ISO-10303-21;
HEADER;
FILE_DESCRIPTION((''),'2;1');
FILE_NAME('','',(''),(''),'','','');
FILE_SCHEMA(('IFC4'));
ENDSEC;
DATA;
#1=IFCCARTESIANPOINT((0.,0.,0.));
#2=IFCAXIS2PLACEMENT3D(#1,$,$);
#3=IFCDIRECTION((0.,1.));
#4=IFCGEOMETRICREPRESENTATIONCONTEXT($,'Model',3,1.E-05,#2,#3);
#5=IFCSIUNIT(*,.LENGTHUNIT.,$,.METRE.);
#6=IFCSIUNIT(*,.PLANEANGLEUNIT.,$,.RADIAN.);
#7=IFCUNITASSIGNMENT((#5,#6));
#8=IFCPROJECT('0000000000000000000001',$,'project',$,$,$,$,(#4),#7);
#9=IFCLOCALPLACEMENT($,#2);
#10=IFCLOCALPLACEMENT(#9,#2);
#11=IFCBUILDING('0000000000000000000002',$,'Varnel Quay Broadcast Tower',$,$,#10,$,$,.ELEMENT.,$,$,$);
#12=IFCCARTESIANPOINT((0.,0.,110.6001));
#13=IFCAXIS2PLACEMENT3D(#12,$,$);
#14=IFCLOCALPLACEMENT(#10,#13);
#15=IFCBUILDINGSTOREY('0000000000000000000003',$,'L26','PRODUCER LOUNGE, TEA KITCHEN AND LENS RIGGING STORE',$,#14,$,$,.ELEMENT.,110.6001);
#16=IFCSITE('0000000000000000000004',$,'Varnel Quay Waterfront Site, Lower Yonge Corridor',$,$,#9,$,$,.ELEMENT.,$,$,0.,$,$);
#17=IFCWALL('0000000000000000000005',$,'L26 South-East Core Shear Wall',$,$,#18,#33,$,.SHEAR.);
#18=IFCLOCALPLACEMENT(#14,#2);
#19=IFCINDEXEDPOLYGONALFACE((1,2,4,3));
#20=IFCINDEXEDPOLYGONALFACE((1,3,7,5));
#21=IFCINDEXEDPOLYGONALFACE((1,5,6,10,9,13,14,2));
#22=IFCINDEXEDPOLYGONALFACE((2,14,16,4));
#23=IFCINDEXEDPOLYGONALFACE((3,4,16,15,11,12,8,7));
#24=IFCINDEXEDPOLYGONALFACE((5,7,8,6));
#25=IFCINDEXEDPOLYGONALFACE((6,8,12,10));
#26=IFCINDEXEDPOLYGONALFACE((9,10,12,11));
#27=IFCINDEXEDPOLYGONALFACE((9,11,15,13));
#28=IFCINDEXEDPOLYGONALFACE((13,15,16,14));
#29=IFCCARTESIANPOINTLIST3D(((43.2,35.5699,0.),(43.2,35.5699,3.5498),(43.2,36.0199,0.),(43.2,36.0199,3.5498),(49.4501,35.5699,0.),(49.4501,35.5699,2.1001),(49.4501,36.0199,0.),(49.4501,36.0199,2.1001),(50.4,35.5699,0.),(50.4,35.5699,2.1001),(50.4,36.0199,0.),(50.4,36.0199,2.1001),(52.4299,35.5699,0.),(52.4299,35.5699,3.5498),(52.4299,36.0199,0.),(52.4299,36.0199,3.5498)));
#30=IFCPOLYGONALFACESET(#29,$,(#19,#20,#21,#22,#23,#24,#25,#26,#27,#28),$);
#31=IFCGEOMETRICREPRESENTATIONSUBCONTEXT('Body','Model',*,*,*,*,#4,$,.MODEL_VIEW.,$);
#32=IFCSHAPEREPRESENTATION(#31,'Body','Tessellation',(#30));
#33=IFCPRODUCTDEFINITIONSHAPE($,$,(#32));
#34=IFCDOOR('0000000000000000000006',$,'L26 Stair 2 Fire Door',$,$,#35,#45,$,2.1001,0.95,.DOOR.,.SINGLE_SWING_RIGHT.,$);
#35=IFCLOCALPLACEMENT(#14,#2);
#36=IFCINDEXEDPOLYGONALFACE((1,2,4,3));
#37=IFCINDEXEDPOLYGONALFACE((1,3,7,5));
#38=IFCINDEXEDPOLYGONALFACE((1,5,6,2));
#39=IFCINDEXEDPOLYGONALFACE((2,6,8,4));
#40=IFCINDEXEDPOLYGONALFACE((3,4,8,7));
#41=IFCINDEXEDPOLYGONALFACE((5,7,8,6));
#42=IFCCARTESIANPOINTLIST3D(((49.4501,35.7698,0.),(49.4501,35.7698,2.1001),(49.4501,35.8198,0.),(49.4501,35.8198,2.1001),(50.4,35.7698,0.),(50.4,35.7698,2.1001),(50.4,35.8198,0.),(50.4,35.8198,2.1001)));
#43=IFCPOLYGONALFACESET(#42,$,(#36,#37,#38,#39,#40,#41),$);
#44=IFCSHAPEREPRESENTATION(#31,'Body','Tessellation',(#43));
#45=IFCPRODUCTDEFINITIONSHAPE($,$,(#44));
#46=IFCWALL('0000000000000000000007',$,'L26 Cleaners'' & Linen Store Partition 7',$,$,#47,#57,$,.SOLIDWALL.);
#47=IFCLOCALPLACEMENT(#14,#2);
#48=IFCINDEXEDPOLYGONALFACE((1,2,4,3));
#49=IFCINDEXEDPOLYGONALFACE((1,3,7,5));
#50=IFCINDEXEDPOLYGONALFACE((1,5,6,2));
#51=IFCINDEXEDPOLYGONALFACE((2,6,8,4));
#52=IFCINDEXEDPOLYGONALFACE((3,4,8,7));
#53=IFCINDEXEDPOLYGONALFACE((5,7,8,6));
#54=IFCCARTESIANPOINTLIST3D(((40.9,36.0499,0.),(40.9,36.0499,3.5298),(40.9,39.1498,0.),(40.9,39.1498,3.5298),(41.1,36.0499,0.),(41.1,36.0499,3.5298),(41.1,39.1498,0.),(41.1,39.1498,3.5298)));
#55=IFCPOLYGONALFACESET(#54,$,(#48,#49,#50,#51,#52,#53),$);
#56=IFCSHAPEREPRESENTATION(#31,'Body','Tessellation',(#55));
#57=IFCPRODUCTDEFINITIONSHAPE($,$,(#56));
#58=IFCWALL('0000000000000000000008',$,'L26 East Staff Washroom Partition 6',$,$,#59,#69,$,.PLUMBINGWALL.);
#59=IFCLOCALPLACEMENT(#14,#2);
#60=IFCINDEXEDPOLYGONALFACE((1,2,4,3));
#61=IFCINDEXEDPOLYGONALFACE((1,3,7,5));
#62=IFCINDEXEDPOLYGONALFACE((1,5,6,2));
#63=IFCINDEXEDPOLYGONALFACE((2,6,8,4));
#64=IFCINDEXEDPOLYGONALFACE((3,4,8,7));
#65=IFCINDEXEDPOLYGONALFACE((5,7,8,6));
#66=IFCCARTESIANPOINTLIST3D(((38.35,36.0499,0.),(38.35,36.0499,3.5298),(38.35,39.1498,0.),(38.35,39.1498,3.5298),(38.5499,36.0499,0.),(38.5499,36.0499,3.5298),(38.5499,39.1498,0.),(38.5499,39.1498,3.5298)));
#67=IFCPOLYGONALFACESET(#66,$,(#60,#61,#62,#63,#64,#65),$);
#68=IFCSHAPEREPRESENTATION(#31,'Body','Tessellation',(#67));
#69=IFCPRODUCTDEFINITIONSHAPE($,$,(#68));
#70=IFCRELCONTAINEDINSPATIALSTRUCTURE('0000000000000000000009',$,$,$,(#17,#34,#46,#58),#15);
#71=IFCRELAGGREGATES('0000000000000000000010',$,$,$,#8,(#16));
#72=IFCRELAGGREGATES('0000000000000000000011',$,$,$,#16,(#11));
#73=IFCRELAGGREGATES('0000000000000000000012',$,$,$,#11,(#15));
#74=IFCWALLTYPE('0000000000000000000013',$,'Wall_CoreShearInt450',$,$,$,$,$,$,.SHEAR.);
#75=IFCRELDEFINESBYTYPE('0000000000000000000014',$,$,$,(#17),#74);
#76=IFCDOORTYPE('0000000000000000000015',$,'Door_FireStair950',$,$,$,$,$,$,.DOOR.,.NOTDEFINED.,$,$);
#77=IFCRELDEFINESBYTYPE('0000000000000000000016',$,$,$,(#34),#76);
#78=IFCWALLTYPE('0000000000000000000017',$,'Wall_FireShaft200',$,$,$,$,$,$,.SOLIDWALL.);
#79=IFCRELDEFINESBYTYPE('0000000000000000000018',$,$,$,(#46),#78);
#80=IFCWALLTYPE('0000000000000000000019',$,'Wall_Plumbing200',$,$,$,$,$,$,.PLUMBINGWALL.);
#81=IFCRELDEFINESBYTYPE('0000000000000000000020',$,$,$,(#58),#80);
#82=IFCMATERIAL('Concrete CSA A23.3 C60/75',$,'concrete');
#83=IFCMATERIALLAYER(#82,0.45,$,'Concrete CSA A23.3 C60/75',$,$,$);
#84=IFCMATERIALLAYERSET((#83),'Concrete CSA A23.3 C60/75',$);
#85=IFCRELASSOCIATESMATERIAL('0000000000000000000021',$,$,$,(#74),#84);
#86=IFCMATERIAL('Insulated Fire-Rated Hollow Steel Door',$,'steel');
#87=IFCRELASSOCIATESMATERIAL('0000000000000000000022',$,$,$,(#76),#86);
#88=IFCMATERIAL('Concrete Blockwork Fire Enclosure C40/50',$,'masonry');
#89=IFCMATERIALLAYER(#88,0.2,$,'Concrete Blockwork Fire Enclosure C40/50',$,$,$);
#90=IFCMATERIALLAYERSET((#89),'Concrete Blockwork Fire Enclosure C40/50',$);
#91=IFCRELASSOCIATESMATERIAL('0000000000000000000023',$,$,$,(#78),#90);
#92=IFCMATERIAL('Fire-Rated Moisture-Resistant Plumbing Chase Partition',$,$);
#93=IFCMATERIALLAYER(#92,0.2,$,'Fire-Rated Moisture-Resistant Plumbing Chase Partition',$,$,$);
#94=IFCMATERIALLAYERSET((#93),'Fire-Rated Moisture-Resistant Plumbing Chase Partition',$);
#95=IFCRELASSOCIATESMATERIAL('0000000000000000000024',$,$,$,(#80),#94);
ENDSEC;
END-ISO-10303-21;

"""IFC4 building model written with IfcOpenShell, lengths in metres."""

from ifc_helpers import new_model, si_unit, direction, frame, frame_2d, origin, place, context, subcontext, project, spatial, rectangle, extrude, source, transform, mapped, material, layer, layer_set, type_object, type_shapes, element, fill, save


model = new_model("IFC4")

# Units and contexts
model_context = context("Model", 3, precision=1e-05, world=origin(), true_north=direction((0.0, 1.0)))
body_context = subcontext(model_context, "Body", "Model", "MODEL_VIEW")
ifc_project = project(units=[si_unit("LENGTHUNIT", "METRE"), si_unit("PLANEANGLEUNIT", "RADIAN")], contexts=[model_context])

# Site, building, storey
site_placement = place(None, origin())
site = spatial("IfcSite", under=ifc_project, at=site_placement, Name="Varnel Quay Waterfront Site, Lower Yonge Corridor", CompositionType="ELEMENT", RefElevation=0.0)
building_placement = place(site_placement, origin())
building = spatial("IfcBuilding", under=site, at=building_placement, Name="Varnel Quay Broadcast Tower", CompositionType="ELEMENT")
storey_placement = place(building_placement, frame((0.0, 0.0, 110.6001)))
storey = spatial("IfcBuildingStorey", under=building, at=storey_placement, Name="L26", Description="PRODUCER LOUNGE, TEA KITCHEN AND LENS RIGGING STORE", CompositionType="ELEMENT", Elevation=110.6001)

# Wall, opening, door
ifc_material_1 = material(Name="Concrete CSA A23.3 C60/75", Category="concrete")
ifc_layer_1 = layer(ifc_material_1, 0.45, Name="Concrete CSA A23.3 C60/75")
ifc_layer_set_1 = layer_set([ifc_layer_1], Name="Concrete CSA A23.3 C60/75")
wall_type_1 = type_object("IfcWallType", Name="Wall_CoreShearInt450", PredefinedType="SHEAR", material=ifc_layer_set_1)
wall_1_placement = place(storey_placement, frame((43.2, 35.7949, 0.0), z_axis=(0.0, 0.0, 1.0), x_axis=(1.0, 0.0, 0.0)))
wall_1 = element("IfcWall", 1, at=wall_1_placement, inside=storey, type_object=wall_type_1, Name="L26 South-East Core Shear Wall", PredefinedType="SHEAR", context=body_context, shape_type="SweptSolid", body=[
    extrude(rectangle(XDim=9.23, YDim=0.45, at=frame_2d((4.615, 0.0))), origin(), (0.0, 0.0, 1.0), 3.5498),
])
opening_placement = place(wall_1_placement, frame((6.25, 0.0, 0.0)))
opening = element("IfcOpeningElement", 2, at=opening_placement, cuts=wall_1, PredefinedType="OPENING", context=body_context, shape_type="SweptSolid", body=[
    extrude(rectangle(XDim=0.95, YDim=2.1001, at=frame_2d((0.4751, 1.05))), frame((0.0, 0.2349, 0.0), z_axis=(0.0, -1.0, 0.0), x_axis=(1.0, 0.0, 0.0)), (0.0, 0.0, 1.0), 0.47),
])
ifc_material_2 = material(Name="Insulated Fire-Rated Hollow Steel Door", Category="steel")
door_type = type_object("IfcDoorType", Name="Door_FireStair950", OperationType="NOTDEFINED", PredefinedType="DOOR", material=ifc_material_2)
shared_shape_1 = source(origin(), body_context, "Body", "SweptSolid", [
    extrude(rectangle(XDim=0.95, YDim=2.1001, at=frame_2d((0.4751, 1.05))), frame((0.0, 0.0249, 0.0), z_axis=(0.0, -1.0, 0.0), x_axis=(1.0, 0.0, 0.0)), (0.0, 0.0, 1.0), 0.05),
])
type_shapes(door_type, [shared_shape_1])
door_placement = place(opening_placement, origin())
door = element("IfcDoor", 3, at=door_placement, inside=storey, type_object=door_type, Name="L26 Stair 2 Fire Door", OperationType="SINGLE_SWING_RIGHT", OverallHeight=2.1001, OverallWidth=0.95, PredefinedType="DOOR", context=body_context, shape_type="MappedRepresentation", body=[
    mapped(shared_shape_1, transform((0.0, 0.0, 0.0), x_axis=(1.0, 0.0, 0.0), y_axis=(0.0, 1.0, 0.0), z_axis=(0.0, 0.0, 1.0), scale=1.0)),
])
fill(opening, door)

# Walls
ifc_material_3 = material(Name="Concrete Blockwork Fire Enclosure C40/50", Category="masonry")
ifc_layer_2 = layer(ifc_material_3, 0.2, Name="Concrete Blockwork Fire Enclosure C40/50")
ifc_layer_set_2 = layer_set([ifc_layer_2], Name="Concrete Blockwork Fire Enclosure C40/50")
wall_type_2 = type_object("IfcWallType", Name="Wall_FireShaft200", PredefinedType="SOLIDWALL", material=ifc_layer_set_2)
wall_2_placement = place(storey_placement, frame((41.0, 36.05, 0.0), z_axis=(0.0, 0.0, 1.0), x_axis=(0.0, 1.0, 0.0)))
element("IfcWall", 4, at=wall_2_placement, inside=storey, type_object=wall_type_2, Name="L26 Cleaners' & Linen Store Partition 7", PredefinedType="SOLIDWALL", context=body_context, shape_type="SweptSolid", body=[
    extrude(rectangle(XDim=3.0999, YDim=0.2, at=frame_2d((1.5498, 0.0))), origin(), (0.0, 0.0, 1.0), 3.5298),
])
ifc_material_4 = material(Name="Fire-Rated Moisture-Resistant Plumbing Chase Partition")
ifc_layer_3 = layer(ifc_material_4, 0.2, Name="Fire-Rated Moisture-Resistant Plumbing Chase Partition")
ifc_layer_set_3 = layer_set([ifc_layer_3], Name="Fire-Rated Moisture-Resistant Plumbing Chase Partition")
wall_type_3 = type_object("IfcWallType", Name="Wall_Plumbing200", PredefinedType="PLUMBINGWALL", material=ifc_layer_set_3)
wall_3_placement = place(storey_placement, frame((38.45, 36.05, 0.0), z_axis=(0.0, 0.0, 1.0), x_axis=(0.0, 1.0, 0.0)))
element("IfcWall", 5, at=wall_3_placement, inside=storey, type_object=wall_type_3, Name="L26 East Staff Washroom Partition 6", PredefinedType="PLUMBINGWALL", context=body_context, shape_type="SweptSolid", body=[
    extrude(rectangle(XDim=3.0999, YDim=0.2, at=frame_2d((1.5498, 0.0))), origin(), (0.0, 0.0, 1.0), 3.5298),
])

save(model, "model.ifc")
